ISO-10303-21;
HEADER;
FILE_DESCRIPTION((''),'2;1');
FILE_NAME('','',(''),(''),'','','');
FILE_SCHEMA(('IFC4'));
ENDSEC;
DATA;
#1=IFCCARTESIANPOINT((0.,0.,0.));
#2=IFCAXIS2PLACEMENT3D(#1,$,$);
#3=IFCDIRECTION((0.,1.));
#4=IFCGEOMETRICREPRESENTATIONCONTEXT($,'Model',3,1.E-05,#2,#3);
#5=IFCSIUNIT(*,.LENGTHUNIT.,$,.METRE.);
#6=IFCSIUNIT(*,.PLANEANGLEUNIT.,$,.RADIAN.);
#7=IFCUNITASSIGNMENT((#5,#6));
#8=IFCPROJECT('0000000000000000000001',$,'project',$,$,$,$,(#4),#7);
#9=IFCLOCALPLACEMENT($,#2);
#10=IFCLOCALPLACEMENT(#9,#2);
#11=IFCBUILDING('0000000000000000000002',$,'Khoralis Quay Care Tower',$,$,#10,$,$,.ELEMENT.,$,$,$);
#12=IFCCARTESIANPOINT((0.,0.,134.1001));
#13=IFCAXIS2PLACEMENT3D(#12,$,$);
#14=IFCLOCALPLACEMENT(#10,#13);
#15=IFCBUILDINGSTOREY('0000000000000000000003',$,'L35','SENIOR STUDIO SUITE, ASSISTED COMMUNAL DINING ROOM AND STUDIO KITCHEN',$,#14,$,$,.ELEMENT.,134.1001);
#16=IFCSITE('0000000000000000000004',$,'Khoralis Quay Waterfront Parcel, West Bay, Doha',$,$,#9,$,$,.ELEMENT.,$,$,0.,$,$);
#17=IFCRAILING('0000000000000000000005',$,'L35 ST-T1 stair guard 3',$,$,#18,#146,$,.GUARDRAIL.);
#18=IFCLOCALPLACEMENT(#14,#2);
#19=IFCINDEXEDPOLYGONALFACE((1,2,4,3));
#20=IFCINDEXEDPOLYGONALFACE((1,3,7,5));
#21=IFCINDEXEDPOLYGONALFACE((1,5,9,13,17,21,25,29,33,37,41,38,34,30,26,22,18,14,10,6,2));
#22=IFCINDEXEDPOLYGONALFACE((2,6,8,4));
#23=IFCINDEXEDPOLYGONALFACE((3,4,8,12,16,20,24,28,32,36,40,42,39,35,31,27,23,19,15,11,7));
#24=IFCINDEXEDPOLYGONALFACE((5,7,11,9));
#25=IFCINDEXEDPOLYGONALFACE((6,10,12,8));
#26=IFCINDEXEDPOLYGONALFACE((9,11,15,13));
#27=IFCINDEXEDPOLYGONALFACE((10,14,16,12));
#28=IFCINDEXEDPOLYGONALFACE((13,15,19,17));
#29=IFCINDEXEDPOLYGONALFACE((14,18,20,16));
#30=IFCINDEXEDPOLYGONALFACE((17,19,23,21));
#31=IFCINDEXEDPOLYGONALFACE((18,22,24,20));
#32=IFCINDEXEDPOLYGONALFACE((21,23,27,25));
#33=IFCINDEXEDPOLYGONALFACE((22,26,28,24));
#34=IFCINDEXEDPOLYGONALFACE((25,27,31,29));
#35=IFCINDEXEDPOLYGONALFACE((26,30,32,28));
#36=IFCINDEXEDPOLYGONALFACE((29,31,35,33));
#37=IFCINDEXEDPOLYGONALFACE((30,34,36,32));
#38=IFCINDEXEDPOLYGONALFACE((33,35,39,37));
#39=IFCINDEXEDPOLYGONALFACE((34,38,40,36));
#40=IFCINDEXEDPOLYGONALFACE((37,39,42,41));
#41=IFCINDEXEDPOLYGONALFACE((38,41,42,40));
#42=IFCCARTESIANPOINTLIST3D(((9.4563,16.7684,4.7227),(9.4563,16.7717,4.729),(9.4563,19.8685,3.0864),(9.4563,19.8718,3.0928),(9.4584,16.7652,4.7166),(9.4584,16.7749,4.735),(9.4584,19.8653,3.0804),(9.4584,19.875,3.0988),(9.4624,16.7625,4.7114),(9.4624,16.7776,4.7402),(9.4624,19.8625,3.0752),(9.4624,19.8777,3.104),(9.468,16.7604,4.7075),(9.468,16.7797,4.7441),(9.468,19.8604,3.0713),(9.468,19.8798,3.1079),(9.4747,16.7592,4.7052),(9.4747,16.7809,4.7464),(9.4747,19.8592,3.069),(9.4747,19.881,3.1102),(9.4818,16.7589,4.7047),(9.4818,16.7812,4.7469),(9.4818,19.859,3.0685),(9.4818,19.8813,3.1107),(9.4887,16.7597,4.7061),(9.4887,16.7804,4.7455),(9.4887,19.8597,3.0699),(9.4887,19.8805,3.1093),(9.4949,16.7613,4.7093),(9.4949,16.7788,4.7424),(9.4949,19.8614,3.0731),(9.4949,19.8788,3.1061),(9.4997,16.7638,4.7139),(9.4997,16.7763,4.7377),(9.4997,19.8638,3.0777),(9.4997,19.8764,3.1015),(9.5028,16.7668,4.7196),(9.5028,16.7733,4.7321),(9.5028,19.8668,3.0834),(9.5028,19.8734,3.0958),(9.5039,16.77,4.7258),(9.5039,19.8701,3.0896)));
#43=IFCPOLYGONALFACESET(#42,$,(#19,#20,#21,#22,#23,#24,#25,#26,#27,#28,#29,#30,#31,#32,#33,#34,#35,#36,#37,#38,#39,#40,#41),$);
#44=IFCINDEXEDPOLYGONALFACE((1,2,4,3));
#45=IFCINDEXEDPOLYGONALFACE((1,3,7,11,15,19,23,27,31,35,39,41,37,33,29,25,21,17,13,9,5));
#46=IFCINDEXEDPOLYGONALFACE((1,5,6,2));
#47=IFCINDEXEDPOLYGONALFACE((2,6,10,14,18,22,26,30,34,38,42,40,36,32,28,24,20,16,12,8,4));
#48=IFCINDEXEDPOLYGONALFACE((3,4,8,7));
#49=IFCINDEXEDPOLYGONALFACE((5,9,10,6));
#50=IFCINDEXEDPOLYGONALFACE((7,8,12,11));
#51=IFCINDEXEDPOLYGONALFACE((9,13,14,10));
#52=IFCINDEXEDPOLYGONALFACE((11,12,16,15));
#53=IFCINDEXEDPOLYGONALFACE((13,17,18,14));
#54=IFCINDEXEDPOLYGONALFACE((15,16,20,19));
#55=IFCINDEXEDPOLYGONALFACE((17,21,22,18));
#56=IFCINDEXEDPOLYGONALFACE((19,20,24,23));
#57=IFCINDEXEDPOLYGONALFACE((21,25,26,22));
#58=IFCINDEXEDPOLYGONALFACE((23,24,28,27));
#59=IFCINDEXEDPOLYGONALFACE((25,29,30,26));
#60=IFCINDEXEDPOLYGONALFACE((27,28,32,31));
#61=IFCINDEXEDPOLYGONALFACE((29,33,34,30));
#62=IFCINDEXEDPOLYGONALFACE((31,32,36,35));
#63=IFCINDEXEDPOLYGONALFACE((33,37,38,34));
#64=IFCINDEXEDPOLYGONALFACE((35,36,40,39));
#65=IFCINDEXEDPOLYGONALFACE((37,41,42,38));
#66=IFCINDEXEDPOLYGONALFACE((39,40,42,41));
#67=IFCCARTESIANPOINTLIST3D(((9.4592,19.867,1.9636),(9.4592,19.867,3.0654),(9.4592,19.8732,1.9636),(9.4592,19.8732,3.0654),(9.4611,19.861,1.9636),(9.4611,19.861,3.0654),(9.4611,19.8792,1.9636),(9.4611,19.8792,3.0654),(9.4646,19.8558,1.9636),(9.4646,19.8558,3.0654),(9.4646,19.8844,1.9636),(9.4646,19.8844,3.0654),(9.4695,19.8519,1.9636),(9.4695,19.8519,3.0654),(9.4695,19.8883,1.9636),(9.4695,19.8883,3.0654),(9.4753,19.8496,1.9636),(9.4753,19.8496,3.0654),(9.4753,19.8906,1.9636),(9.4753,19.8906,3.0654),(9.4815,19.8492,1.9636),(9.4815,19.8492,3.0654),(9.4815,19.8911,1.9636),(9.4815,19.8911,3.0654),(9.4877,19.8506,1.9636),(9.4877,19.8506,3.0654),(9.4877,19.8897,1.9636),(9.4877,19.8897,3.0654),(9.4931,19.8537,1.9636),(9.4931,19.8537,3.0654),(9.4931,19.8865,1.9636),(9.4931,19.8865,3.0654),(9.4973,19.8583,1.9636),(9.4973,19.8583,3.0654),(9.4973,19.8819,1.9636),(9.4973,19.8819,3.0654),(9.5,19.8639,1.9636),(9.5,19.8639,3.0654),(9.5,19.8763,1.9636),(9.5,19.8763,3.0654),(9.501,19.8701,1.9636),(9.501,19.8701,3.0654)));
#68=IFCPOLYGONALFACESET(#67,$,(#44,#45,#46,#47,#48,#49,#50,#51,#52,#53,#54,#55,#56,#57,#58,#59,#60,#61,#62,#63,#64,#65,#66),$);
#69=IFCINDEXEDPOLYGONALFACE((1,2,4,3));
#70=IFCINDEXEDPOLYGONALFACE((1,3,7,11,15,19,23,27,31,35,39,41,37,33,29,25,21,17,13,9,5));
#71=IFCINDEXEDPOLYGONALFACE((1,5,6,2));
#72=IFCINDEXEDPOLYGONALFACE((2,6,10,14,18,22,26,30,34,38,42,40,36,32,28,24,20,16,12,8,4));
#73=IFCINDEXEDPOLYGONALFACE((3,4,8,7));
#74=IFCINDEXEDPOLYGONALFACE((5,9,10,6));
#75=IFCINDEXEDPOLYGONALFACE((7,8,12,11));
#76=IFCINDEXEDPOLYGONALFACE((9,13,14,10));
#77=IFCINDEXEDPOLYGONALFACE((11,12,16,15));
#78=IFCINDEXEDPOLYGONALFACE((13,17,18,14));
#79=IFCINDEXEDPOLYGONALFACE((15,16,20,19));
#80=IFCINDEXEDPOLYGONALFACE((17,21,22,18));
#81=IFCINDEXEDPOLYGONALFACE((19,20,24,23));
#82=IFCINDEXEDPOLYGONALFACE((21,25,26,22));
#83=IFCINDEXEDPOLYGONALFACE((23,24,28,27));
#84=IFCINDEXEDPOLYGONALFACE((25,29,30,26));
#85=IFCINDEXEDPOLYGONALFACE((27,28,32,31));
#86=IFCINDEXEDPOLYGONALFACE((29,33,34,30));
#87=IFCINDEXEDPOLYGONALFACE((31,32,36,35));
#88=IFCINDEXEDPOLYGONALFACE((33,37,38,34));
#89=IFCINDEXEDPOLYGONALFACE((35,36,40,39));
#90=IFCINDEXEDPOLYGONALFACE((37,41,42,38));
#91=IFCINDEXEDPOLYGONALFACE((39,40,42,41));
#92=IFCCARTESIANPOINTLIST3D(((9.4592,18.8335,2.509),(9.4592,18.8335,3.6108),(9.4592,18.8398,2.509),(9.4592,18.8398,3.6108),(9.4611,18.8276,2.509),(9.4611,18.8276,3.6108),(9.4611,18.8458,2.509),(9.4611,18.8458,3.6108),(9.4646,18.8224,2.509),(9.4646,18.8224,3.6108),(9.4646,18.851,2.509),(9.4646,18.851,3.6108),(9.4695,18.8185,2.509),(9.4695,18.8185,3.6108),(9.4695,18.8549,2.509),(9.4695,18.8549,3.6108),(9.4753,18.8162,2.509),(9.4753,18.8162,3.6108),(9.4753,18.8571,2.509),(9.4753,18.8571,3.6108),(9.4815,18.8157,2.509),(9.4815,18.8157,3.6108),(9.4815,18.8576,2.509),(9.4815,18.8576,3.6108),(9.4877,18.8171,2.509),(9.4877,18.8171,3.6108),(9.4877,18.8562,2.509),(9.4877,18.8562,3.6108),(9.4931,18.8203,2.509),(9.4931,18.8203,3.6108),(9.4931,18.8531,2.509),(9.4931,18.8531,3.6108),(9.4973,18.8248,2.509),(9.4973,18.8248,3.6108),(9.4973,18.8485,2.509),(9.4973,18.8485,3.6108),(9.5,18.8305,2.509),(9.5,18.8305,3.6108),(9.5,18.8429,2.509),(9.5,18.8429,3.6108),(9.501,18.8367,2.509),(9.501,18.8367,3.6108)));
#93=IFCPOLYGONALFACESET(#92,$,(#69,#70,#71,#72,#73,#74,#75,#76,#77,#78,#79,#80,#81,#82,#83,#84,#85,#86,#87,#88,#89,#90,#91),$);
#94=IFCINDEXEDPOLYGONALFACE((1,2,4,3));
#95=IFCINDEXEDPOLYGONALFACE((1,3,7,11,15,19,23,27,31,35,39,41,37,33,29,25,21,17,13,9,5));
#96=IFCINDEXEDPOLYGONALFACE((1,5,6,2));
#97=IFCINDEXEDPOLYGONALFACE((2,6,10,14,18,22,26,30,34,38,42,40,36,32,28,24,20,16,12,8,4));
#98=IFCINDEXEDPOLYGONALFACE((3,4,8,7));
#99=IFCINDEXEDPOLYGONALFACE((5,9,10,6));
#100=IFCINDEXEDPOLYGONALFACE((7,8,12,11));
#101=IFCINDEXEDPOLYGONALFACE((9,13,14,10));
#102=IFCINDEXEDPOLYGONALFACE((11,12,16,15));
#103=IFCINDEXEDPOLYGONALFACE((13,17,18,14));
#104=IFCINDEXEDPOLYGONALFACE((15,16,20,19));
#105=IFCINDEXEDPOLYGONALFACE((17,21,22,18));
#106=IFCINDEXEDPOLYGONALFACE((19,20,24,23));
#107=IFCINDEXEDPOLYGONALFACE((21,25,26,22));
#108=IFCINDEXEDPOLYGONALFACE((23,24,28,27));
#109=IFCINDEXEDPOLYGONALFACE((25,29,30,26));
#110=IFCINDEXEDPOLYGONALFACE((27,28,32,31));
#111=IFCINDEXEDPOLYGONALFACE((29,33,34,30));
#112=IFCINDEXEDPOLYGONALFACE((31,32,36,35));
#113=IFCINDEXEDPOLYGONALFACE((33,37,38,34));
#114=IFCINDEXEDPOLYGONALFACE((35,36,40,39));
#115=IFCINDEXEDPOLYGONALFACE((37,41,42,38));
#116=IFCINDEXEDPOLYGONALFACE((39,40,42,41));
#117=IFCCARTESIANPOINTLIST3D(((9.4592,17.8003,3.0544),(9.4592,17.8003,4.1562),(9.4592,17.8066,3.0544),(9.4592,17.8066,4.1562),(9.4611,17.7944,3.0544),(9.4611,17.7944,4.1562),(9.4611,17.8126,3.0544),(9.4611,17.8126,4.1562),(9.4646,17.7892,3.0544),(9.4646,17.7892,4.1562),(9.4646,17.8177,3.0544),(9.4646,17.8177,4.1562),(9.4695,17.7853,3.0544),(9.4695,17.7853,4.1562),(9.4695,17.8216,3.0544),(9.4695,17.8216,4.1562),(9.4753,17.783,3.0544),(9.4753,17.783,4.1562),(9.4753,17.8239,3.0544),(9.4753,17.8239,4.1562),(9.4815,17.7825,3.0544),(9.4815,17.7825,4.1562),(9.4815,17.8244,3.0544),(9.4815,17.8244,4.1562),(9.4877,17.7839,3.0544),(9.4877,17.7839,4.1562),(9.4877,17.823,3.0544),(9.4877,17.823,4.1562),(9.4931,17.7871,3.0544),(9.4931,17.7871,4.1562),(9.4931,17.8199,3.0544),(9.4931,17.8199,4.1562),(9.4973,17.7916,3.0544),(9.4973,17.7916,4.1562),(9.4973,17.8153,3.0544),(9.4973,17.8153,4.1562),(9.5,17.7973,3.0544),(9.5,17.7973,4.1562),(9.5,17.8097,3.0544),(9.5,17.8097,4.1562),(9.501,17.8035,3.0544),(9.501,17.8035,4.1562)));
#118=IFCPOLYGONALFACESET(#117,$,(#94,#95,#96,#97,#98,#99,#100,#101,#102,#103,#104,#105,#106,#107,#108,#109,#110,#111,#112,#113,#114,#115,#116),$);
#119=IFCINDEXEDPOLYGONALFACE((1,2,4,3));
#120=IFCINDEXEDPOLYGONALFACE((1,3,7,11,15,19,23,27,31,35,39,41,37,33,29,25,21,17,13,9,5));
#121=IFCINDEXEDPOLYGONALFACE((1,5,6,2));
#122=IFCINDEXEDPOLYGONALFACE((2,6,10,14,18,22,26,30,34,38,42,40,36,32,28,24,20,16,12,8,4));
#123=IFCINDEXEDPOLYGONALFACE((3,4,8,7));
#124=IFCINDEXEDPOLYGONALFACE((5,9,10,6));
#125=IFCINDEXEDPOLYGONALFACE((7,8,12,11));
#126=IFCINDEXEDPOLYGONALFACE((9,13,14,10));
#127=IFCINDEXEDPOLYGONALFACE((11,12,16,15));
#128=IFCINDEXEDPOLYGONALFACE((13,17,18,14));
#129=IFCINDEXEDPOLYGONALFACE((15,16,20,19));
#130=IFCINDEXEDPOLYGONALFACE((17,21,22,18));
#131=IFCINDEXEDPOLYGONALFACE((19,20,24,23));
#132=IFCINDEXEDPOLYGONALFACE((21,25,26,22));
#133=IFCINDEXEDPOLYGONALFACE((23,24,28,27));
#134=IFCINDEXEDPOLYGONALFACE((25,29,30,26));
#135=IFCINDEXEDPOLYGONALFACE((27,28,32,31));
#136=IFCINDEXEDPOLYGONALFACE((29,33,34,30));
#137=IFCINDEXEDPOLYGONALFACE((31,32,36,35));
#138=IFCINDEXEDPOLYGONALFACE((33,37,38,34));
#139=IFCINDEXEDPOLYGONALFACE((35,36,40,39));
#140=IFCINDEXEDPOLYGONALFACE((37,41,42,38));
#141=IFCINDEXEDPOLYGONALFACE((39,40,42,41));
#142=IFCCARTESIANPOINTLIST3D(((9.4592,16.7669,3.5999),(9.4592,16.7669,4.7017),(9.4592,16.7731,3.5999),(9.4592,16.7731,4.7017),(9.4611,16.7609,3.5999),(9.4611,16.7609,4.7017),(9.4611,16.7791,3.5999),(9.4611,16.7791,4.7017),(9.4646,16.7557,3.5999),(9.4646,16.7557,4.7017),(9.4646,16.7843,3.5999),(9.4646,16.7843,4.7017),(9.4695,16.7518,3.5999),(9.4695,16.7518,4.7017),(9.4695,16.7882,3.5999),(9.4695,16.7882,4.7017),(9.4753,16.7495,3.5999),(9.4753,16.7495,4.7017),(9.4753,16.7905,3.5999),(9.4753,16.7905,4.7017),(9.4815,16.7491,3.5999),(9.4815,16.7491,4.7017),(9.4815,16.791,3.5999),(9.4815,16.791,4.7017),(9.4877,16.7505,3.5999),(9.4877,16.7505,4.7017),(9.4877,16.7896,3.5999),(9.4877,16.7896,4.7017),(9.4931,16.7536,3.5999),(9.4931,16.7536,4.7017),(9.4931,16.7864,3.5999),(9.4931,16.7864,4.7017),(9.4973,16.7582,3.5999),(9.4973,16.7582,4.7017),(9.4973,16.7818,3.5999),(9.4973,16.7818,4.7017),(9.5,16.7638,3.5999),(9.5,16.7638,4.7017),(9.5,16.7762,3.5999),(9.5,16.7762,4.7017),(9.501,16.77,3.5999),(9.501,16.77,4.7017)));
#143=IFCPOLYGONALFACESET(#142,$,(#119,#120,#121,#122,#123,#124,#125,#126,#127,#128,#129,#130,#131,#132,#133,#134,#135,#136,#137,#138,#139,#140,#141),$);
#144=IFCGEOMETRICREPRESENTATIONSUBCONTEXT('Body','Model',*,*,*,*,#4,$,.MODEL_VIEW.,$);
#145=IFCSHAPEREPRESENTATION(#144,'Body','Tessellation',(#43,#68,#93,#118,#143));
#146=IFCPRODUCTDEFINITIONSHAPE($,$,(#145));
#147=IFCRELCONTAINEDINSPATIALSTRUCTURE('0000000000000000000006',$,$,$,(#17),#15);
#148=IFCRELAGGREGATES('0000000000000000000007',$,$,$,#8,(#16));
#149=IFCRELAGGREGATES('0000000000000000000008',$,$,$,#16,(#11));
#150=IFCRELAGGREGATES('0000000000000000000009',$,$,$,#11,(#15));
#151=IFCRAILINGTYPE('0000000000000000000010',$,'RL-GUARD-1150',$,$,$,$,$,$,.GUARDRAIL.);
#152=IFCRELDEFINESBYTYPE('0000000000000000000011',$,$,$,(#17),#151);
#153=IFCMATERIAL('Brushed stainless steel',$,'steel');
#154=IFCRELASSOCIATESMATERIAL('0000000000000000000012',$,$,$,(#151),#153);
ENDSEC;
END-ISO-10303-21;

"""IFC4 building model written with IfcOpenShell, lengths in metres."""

from ifc_helpers import new_model, si_unit, direction, frame, origin, origin_2d, place, context, subcontext, project, spatial, circle, extrude, material, type_object, element, save


model = new_model("IFC4")

# Units and contexts
model_context = context("Model", 3, precision=1e-05, world=origin(), true_north=direction((0.0, 1.0)))
body_context = subcontext(model_context, "Body", "Model", "MODEL_VIEW")
ifc_project = project(units=[si_unit("LENGTHUNIT", "METRE"), si_unit("PLANEANGLEUNIT", "RADIAN")], contexts=[model_context])

# Site, building, storey
site_placement = place(None, origin())
site = spatial("IfcSite", under=ifc_project, at=site_placement, Name="Khoralis Quay Waterfront Parcel, West Bay, Doha", CompositionType="ELEMENT", RefElevation=0.0)
building_placement = place(site_placement, origin())
building = spatial("IfcBuilding", under=site, at=building_placement, Name="Khoralis Quay Care Tower", CompositionType="ELEMENT")
storey_placement = place(building_placement, frame((0.0, 0.0, 134.1001)))
storey = spatial("IfcBuildingStorey", under=building, at=storey_placement, Name="L35", Description="SENIOR STUDIO SUITE, ASSISTED COMMUNAL DINING ROOM AND STUDIO KITCHEN", CompositionType="ELEMENT", Elevation=134.1001)

# Shared definitions
ifc_material_1 = material(Name="Brushed stainless steel", Category="steel")

# Railing
railing_type_1 = type_object("IfcRailingType", Name="RL-GUARD-1150", PredefinedType="GUARDRAIL", material=ifc_material_1)
railing_1_placement = place(storey_placement, frame((9.48, 19.8701, 1.9636)))
element("IfcRailing", 1, at=railing_1_placement, inside=storey, type_object=railing_type_1, Name="L35 ST-T1 stair guard 3", PredefinedType="GUARDRAIL", context=body_context, shape_type="SweptSolid", body=[
    extrude(circle(Radius=0.0239, at=origin_2d()), frame((0.0, 0.0, 1.126), z_axis=(0.0, -0.884377, 0.466774), x_axis=(1.0, 0.0, 0.0)), (0.0, 0.0, 1.0), 3.5054),
    extrude(circle(Radius=0.021, at=origin_2d()), origin(), (0.0, 0.0, 1.0), 1.1018),
    extrude(circle(Radius=0.021, at=origin_2d()), frame((0.0, -1.0334, 0.5454)), (0.0, 0.0, 1.0), 1.1018),
    extrude(circle(Radius=0.021, at=origin_2d()), frame((0.0, -2.0667, 1.0908)), (0.0, 0.0, 1.0), 1.1018),
    extrude(circle(Radius=0.021, at=origin_2d()), frame((0.0, -3.1001, 1.6362)), (0.0, 0.0, 1.0), 1.1018),
])

save(model, "model.ifc")
